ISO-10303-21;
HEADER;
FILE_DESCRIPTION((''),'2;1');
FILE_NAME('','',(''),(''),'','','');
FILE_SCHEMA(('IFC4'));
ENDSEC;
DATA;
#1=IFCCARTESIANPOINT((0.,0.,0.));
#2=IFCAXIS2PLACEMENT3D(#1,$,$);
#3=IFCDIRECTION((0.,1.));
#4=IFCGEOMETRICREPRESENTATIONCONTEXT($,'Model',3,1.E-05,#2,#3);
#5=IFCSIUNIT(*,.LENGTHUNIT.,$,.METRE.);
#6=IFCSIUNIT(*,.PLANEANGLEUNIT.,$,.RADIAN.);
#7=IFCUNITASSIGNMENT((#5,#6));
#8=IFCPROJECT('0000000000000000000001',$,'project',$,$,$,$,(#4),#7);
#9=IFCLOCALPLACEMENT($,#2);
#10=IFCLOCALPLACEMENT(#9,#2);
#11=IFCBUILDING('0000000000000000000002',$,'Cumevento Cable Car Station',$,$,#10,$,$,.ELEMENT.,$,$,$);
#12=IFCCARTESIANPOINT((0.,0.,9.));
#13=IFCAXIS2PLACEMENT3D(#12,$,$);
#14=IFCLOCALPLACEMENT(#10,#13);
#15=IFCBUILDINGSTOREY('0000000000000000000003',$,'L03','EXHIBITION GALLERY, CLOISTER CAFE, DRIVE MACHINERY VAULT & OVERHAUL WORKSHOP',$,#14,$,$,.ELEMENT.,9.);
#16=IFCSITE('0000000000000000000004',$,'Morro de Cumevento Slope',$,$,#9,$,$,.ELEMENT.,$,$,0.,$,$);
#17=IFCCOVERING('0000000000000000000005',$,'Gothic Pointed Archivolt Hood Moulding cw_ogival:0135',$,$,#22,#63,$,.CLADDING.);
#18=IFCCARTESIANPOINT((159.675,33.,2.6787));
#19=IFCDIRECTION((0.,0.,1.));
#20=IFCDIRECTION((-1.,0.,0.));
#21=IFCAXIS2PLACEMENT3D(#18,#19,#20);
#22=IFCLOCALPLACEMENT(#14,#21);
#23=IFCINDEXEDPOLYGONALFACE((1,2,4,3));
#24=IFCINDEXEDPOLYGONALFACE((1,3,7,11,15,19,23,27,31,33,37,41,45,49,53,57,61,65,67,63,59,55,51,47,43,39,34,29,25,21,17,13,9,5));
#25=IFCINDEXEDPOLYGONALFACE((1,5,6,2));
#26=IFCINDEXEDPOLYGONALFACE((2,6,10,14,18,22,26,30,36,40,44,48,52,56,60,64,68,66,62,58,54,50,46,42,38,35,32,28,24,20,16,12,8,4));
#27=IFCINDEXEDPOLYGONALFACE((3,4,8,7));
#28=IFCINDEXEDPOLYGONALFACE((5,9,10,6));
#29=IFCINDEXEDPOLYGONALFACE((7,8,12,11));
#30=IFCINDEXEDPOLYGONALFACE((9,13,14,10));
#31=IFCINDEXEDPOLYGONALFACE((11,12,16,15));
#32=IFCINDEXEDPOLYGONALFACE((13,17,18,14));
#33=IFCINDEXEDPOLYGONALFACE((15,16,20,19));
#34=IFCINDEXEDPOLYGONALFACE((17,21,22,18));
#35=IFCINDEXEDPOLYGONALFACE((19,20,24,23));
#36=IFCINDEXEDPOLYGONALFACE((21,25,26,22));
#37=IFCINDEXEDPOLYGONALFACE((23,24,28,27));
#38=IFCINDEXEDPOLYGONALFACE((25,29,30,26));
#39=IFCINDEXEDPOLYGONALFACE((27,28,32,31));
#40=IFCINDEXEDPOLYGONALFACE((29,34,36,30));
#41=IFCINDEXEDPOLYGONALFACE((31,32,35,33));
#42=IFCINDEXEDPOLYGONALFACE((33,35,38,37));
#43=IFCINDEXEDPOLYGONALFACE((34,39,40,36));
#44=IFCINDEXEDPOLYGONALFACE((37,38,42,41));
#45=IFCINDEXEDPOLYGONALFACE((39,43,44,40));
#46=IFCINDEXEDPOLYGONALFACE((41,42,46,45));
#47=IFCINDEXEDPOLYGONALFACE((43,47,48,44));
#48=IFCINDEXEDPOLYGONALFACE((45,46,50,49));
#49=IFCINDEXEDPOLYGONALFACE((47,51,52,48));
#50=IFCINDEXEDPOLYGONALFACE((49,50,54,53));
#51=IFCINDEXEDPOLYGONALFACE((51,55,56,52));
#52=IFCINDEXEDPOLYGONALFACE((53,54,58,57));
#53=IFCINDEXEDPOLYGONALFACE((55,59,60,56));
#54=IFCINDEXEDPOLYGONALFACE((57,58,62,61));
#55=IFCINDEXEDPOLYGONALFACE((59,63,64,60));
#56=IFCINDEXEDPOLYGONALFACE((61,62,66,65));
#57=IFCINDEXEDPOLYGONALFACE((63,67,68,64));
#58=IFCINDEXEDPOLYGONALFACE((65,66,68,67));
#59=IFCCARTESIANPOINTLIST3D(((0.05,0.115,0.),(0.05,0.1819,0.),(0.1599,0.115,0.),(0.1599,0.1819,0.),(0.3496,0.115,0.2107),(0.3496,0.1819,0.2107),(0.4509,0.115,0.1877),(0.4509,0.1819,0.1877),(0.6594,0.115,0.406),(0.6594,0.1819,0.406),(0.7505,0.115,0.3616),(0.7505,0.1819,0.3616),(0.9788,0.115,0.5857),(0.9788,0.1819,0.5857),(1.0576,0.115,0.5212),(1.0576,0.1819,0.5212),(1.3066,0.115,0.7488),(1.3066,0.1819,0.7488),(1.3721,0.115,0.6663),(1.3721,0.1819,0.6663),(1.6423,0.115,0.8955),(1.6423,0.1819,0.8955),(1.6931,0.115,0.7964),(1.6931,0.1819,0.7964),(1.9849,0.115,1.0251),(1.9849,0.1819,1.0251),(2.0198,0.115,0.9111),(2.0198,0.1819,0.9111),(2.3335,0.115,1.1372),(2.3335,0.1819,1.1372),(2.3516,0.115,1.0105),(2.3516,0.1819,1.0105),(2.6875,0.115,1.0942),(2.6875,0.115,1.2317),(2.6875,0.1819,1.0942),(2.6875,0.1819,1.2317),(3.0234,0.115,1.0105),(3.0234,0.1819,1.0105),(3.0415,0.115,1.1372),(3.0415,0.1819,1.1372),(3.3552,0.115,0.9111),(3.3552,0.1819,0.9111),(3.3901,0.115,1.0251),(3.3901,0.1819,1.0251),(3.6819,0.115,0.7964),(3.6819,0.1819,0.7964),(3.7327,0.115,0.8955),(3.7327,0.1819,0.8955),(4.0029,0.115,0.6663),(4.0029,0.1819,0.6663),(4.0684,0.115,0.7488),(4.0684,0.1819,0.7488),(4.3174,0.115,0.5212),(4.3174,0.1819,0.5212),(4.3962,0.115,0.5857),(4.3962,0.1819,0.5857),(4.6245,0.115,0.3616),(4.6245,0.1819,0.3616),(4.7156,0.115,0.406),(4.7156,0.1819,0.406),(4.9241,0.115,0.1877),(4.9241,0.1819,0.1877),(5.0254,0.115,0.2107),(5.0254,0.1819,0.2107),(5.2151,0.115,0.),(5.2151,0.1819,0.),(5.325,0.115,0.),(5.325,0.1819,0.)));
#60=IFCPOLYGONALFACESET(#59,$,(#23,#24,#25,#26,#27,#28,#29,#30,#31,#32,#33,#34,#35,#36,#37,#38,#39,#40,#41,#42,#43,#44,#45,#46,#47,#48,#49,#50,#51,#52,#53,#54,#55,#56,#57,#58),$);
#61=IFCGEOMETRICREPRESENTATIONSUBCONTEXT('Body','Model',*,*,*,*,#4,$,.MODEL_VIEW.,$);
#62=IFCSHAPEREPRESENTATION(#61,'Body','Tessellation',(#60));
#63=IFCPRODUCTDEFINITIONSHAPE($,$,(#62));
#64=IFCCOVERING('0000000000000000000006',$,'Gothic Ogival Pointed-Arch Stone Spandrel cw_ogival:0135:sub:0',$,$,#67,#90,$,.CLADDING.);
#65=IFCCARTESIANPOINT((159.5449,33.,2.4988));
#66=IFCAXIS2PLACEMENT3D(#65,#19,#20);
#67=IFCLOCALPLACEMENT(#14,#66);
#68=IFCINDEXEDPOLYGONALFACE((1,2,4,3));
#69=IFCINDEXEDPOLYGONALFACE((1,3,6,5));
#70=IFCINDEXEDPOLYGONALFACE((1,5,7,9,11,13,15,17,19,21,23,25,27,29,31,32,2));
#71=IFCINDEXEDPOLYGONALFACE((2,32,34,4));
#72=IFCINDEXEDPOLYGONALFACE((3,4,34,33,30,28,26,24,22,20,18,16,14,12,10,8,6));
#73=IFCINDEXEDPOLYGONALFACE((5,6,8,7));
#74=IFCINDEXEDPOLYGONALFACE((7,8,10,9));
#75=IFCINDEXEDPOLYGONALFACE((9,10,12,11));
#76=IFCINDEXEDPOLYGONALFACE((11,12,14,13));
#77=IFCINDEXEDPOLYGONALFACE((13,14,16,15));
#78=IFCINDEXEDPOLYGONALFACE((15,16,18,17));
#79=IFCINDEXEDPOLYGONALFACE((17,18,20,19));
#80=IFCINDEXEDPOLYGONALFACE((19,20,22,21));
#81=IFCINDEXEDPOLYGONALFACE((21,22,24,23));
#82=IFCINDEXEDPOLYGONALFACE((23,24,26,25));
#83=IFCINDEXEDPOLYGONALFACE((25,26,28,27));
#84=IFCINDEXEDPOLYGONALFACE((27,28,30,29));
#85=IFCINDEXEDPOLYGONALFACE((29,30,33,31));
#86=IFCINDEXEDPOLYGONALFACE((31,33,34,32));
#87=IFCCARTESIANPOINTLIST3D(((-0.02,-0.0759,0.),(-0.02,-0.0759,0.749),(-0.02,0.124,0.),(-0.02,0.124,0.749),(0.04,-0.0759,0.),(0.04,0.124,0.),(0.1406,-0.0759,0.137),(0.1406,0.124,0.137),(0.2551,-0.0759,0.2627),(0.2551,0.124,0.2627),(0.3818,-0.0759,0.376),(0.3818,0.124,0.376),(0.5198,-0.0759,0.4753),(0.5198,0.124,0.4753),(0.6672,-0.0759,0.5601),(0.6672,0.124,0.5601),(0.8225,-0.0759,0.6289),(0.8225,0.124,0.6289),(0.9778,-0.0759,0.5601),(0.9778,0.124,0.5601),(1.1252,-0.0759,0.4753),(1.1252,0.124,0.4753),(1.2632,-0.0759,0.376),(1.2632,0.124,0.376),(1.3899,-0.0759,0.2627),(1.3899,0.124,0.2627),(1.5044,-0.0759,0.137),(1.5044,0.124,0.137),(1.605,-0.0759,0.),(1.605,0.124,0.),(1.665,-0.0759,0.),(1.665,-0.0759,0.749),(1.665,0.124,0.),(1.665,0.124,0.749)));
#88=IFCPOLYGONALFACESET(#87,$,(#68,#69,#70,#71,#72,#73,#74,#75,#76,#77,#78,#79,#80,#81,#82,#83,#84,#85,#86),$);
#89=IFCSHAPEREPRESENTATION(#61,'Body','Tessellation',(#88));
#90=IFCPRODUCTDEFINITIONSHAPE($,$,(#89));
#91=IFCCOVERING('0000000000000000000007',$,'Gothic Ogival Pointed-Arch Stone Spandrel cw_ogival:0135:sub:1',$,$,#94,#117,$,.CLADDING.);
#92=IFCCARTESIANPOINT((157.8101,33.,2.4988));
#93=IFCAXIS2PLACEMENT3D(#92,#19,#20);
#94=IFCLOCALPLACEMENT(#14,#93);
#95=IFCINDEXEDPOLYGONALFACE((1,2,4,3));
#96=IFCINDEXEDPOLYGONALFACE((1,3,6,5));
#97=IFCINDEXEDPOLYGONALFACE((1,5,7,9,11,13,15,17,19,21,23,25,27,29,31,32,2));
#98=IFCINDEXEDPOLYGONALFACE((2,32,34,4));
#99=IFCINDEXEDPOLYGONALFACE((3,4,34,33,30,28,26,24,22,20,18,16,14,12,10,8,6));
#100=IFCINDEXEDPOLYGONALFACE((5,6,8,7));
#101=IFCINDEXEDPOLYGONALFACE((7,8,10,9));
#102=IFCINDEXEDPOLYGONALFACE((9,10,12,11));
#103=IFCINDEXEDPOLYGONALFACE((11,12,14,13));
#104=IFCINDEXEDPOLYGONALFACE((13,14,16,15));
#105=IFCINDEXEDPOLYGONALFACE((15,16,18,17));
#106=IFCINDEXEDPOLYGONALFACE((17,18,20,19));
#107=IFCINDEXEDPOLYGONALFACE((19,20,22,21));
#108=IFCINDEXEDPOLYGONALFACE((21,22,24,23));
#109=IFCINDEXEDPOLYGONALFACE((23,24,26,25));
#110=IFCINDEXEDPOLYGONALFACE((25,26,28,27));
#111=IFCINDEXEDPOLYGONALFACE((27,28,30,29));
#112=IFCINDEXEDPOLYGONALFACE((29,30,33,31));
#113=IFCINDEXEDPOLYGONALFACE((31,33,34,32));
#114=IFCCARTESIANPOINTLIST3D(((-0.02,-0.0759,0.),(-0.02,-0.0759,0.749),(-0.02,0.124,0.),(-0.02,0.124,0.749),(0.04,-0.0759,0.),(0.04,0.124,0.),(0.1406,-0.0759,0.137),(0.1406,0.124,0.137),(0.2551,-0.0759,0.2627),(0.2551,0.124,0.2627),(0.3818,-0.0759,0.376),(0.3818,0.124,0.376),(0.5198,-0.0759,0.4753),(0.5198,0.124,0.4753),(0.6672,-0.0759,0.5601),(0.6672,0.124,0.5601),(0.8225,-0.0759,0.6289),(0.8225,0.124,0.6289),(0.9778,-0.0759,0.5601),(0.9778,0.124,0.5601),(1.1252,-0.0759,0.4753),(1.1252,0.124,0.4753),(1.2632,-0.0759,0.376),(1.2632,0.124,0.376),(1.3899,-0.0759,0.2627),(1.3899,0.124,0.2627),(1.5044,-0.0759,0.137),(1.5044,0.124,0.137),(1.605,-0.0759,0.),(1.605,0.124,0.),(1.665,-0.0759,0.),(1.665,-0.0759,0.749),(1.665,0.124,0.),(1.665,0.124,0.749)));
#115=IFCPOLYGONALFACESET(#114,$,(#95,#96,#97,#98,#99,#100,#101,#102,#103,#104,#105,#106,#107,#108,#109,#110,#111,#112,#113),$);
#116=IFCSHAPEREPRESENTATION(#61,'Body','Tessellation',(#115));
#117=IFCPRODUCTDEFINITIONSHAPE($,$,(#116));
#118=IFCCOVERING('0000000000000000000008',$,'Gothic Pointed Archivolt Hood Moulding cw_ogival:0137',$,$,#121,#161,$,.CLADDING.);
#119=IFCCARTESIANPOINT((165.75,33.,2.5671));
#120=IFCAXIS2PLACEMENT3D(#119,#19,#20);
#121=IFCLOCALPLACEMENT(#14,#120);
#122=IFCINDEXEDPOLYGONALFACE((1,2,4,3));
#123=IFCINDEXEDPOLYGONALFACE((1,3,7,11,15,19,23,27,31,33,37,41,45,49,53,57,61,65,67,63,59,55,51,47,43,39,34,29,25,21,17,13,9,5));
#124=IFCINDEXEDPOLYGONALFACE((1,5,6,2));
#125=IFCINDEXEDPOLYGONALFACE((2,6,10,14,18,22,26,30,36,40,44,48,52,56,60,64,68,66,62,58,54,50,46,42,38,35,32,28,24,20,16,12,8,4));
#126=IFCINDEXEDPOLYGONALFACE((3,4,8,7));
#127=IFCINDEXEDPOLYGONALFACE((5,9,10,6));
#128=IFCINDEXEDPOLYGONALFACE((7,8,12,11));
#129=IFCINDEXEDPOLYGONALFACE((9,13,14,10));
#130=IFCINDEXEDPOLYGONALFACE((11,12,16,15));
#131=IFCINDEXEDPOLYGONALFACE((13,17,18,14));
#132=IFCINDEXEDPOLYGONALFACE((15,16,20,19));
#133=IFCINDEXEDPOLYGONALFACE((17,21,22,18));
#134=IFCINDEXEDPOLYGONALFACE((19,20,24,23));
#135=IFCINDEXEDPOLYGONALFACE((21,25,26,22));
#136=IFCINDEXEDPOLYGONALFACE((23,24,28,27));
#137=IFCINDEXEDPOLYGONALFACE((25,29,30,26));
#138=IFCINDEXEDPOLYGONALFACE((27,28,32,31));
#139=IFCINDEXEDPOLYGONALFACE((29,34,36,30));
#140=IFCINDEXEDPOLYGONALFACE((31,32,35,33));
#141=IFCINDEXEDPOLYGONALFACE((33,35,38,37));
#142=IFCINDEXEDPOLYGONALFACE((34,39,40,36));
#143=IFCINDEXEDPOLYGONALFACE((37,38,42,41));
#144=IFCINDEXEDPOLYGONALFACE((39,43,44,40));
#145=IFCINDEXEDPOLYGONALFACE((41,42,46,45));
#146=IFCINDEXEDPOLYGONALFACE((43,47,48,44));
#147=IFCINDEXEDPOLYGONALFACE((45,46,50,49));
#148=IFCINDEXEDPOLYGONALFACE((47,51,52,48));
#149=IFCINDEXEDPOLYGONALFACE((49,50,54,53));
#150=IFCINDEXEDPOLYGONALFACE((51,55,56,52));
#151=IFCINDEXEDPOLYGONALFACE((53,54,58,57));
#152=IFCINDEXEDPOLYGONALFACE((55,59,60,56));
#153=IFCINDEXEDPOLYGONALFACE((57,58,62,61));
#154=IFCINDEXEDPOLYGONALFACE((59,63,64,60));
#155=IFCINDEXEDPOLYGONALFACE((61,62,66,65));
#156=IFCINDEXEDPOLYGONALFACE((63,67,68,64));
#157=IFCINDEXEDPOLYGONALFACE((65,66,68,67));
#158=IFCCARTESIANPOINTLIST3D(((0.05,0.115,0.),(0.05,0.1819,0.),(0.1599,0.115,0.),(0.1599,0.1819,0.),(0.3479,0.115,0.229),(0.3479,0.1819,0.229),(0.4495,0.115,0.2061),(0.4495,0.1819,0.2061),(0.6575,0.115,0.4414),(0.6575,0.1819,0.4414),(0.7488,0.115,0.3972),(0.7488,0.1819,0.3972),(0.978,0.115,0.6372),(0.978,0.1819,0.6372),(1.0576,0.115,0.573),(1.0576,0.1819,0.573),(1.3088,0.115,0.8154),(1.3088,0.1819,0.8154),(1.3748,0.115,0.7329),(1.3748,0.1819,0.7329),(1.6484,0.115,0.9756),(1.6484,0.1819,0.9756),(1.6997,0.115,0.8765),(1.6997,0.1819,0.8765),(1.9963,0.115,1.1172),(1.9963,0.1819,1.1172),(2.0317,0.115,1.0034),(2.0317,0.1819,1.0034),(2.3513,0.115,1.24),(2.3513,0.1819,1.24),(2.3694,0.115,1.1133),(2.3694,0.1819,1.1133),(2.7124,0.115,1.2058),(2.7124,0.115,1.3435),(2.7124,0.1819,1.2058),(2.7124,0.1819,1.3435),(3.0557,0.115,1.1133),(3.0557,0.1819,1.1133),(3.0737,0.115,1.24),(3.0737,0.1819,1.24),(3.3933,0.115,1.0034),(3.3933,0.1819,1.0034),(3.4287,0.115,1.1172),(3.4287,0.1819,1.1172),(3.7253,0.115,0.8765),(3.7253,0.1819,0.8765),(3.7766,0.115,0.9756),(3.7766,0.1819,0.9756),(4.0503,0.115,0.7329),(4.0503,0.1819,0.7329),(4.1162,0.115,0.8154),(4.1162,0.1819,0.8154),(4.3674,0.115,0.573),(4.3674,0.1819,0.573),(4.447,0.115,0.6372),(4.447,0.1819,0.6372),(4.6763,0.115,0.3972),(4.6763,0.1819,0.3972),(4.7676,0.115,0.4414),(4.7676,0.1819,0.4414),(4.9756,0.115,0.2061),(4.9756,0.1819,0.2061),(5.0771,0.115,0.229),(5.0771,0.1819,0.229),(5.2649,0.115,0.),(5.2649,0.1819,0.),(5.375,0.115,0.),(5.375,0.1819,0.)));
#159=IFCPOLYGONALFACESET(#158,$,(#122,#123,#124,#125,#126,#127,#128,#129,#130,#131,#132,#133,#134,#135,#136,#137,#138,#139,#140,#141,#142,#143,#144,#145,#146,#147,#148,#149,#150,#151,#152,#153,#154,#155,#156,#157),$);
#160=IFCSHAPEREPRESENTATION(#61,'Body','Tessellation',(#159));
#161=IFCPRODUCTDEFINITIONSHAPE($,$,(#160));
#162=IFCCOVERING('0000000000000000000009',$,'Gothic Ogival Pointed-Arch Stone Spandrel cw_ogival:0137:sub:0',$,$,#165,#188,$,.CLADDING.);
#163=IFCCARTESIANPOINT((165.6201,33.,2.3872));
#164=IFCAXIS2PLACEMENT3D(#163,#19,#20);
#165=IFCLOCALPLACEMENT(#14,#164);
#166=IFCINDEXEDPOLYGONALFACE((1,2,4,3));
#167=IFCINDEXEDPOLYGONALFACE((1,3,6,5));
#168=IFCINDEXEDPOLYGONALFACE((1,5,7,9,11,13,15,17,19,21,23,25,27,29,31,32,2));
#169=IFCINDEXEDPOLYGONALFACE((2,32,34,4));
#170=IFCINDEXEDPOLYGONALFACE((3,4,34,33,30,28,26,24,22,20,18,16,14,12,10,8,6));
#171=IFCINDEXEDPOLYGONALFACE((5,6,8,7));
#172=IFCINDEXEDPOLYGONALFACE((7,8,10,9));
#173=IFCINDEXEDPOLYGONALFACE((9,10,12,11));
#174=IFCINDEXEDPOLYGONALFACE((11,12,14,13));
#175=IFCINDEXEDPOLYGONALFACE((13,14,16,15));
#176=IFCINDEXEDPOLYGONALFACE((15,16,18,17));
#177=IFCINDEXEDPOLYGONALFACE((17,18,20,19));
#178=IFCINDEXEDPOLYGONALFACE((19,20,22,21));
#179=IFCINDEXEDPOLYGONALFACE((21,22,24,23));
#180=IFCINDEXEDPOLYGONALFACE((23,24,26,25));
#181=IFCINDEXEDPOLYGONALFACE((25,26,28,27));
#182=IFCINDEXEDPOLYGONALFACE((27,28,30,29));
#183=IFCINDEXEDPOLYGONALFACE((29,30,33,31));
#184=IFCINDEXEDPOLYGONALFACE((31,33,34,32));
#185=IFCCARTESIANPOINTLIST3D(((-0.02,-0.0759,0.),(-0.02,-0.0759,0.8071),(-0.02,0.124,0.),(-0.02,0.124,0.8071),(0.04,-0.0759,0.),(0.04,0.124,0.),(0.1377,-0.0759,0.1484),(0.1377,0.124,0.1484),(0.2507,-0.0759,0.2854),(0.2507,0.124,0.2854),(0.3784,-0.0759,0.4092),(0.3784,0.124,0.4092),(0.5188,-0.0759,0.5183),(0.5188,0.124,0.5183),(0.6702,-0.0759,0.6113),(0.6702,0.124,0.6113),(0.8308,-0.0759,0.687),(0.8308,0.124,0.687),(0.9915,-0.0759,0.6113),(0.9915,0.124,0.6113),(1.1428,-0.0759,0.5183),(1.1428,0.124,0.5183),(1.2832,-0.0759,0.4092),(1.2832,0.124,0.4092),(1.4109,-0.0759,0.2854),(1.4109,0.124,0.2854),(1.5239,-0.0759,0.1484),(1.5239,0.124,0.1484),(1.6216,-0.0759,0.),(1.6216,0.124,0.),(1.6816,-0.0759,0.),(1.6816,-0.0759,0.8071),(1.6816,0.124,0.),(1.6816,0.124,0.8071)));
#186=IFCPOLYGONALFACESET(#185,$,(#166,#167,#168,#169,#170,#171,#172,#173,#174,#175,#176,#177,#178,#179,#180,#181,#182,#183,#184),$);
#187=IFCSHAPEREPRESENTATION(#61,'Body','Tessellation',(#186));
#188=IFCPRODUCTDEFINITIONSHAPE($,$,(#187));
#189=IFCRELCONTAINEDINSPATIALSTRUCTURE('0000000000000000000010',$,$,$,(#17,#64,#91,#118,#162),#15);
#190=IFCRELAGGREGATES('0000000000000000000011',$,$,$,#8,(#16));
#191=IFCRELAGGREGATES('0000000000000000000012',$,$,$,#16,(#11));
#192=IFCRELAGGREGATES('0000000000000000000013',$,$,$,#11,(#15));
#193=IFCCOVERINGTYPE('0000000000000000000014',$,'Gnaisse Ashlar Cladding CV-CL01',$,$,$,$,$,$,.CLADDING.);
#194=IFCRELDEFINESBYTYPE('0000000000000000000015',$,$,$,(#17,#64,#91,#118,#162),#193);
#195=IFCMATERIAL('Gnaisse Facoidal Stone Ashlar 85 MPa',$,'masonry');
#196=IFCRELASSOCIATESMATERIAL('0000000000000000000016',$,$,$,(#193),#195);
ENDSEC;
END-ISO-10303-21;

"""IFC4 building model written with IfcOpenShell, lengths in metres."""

from ifc_helpers import new_model, si_unit, direction, frame, origin, place, context, subcontext, project, spatial, polyline, outline, extrude, material, type_object, element, save


model = new_model("IFC4")

# Units and contexts
model_context = context("Model", 3, precision=1e-05, world=origin(), true_north=direction((0.0, 1.0)))
body_context = subcontext(model_context, "Body", "Model", "MODEL_VIEW")
ifc_project = project(units=[si_unit("LENGTHUNIT", "METRE"), si_unit("PLANEANGLEUNIT", "RADIAN")], contexts=[model_context])

# Site, building, storey
site_placement = place(None, origin())
site = spatial("IfcSite", under=ifc_project, at=site_placement, Name="Morro de Cumevento Slope", CompositionType="ELEMENT", RefElevation=0.0)
building_placement = place(site_placement, origin())
building = spatial("IfcBuilding", under=site, at=building_placement, Name="Cumevento Cable Car Station", CompositionType="ELEMENT")
storey_placement = place(building_placement, frame((0.0, 0.0, 9.0)))
storey = spatial("IfcBuildingStorey", under=building, at=storey_placement, Name="L03", Description="EXHIBITION GALLERY, CLOISTER CAFE, DRIVE MACHINERY VAULT & OVERHAUL WORKSHOP", CompositionType="ELEMENT", Elevation=9.0)

# Coverings
ifc_material_1 = material(Name="Gnaisse Facoidal Stone Ashlar 85 MPa", Category="masonry")
covering_type = type_object("IfcCoveringType", Name="Gnaisse Ashlar Cladding CV-CL01", PredefinedType="CLADDING", material=ifc_material_1)
covering_1_placement = place(storey_placement, frame((159.675, 33.0, 2.6787), z_axis=(0.0, 0.0, 1.0), x_axis=(-1.0, 0.0, 0.0)))
element("IfcCovering", 1, at=covering_1_placement, inside=storey, type_object=covering_type, Name="Gothic Pointed Archivolt Hood Moulding cw_ogival:0135", PredefinedType="CLADDING", context=body_context, shape_type="SweptSolid", body=[
    extrude(outline(polyline([(0.1599, 0.0), (0.4509, 0.1877), (0.7505, 0.3616), (1.0576, 0.5212), (1.3721, 0.6663), (1.6931, 0.7964), (2.0198, 0.9111), (2.3516, 1.0105), (2.6875, 1.0942), (3.0234, 1.0105), (3.3552, 0.9111), (3.6819, 0.7964), (4.0029, 0.6663), (4.3174, 0.5212), (4.6245, 0.3616), (4.9241, 0.1877), (5.2151, 0.0), (5.325, 0.0), (5.0254, 0.2107), (4.7156, 0.406), (4.3962, 0.5857), (4.0684, 0.7488), (3.7327, 0.8955), (3.3901, 1.0251), (3.0415, 1.1372), (2.6875, 1.2317), (2.3335, 1.1372), (1.9849, 1.0251), (1.6423, 0.8955), (1.3066, 0.7488), (0.9788, 0.5857), (0.6594, 0.406), (0.3496, 0.2107), (0.05, 0.0), (0.1599, 0.0)])), frame((0.0, 0.1819, 0.0), z_axis=(0.0, -1.0, 0.0), x_axis=(1.0, 0.0, 0.0)), (0.0, 0.0, 1.0), 0.0669),
])
for number, where, z_axis, x_axis, name in (
    (2, (159.5449, 33.0, 2.4988), (0.0, 0.0, 1.0), (-1.0, 0.0, 0.0), "Gothic Ogival Pointed-Arch Stone Spandrel cw_ogival:0135:sub:0"),
    (3, (157.8101, 33.0, 2.4988), (0.0, 0.0, 1.0), (-1.0, 0.0, 0.0), "Gothic Ogival Pointed-Arch Stone Spandrel cw_ogival:0135:sub:1"),
):
    element("IfcCovering", number, at=place(storey_placement, frame(where, z_axis=z_axis, x_axis=x_axis)), inside=storey, type_object=covering_type, Name=name, PredefinedType="CLADDING", context=body_context, shape_type="SweptSolid", body=[
        extrude(outline(polyline([(-0.02, 0.0), (-0.02, 0.749), (1.665, 0.749), (1.665, 0.0), (1.605, 0.0), (1.5044, 0.137), (1.3899, 0.2627), (1.2632, 0.376), (1.1252, 0.4753), (0.9778, 0.5601), (0.8225, 0.6289), (0.6672, 0.5601), (0.5198, 0.4753), (0.3818, 0.376), (0.2551, 0.2627), (0.1406, 0.137), (0.04, 0.0), (-0.02, 0.0)])), frame((0.0, 0.124, 0.0), z_axis=(0.0, -1.0, 0.0), x_axis=(1.0, 0.0, 0.0)), (0.0, 0.0, 1.0), 0.2),
    ])
covering_2_placement = place(storey_placement, frame((165.75, 33.0, 2.5671), z_axis=(0.0, 0.0, 1.0), x_axis=(-1.0, 0.0, 0.0)))
element("IfcCovering", 4, at=covering_2_placement, inside=storey, type_object=covering_type, Name="Gothic Pointed Archivolt Hood Moulding cw_ogival:0137", PredefinedType="CLADDING", context=body_context, shape_type="SweptSolid", body=[
    extrude(outline(polyline([(0.1599, 0.0), (0.4495, 0.2061), (0.7488, 0.3972), (1.0576, 0.573), (1.3748, 0.7329), (1.6997, 0.8765), (2.0317, 1.0034), (2.3694, 1.1133), (2.7124, 1.2058), (3.0557, 1.1133), (3.3933, 1.0034), (3.7253, 0.8765), (4.0503, 0.7329), (4.3674, 0.573), (4.6763, 0.3972), (4.9756, 0.2061), (5.2649, 0.0), (5.375, 0.0), (5.0771, 0.229), (4.7676, 0.4414), (4.447, 0.6372), (4.1162, 0.8154), (3.7766, 0.9756), (3.4287, 1.1172), (3.0737, 1.24), (2.7124, 1.3435), (2.3513, 1.24), (1.9963, 1.1172), (1.6484, 0.9756), (1.3088, 0.8154), (0.978, 0.6372), (0.6575, 0.4414), (0.3479, 0.229), (0.05, 0.0), (0.1599, 0.0)])), frame((0.0, 0.1819, 0.0), z_axis=(0.0, -1.0, 0.0), x_axis=(1.0, 0.0, 0.0)), (0.0, 0.0, 1.0), 0.0669),
])
for number, where, z_axis, x_axis, name in (
    (5, (165.6201, 33.0, 2.3872), (0.0, 0.0, 1.0), (-1.0, 0.0, 0.0), "Gothic Ogival Pointed-Arch Stone Spandrel cw_ogival:0137:sub:0"),
):
    element("IfcCovering", number, at=place(storey_placement, frame(where, z_axis=z_axis, x_axis=x_axis)), inside=storey, type_object=covering_type, Name=name, PredefinedType="CLADDING", context=body_context, shape_type="SweptSolid", body=[
        extrude(outline(polyline([(-0.02, 0.0), (-0.02, 0.8071), (1.6816, 0.8071), (1.6816, 0.0), (1.6216, 0.0), (1.5239, 0.1484), (1.4109, 0.2854), (1.2832, 0.4092), (1.1428, 0.5183), (0.9915, 0.6113), (0.8308, 0.687), (0.6702, 0.6113), (0.5188, 0.5183), (0.3784, 0.4092), (0.2507, 0.2854), (0.1377, 0.1484), (0.04, 0.0), (-0.02, 0.0)])), frame((0.0, 0.124, 0.0), z_axis=(0.0, -1.0, 0.0), x_axis=(1.0, 0.0, 0.0)), (0.0, 0.0, 1.0), 0.2),
    ])

save(model, "model.ifc")
